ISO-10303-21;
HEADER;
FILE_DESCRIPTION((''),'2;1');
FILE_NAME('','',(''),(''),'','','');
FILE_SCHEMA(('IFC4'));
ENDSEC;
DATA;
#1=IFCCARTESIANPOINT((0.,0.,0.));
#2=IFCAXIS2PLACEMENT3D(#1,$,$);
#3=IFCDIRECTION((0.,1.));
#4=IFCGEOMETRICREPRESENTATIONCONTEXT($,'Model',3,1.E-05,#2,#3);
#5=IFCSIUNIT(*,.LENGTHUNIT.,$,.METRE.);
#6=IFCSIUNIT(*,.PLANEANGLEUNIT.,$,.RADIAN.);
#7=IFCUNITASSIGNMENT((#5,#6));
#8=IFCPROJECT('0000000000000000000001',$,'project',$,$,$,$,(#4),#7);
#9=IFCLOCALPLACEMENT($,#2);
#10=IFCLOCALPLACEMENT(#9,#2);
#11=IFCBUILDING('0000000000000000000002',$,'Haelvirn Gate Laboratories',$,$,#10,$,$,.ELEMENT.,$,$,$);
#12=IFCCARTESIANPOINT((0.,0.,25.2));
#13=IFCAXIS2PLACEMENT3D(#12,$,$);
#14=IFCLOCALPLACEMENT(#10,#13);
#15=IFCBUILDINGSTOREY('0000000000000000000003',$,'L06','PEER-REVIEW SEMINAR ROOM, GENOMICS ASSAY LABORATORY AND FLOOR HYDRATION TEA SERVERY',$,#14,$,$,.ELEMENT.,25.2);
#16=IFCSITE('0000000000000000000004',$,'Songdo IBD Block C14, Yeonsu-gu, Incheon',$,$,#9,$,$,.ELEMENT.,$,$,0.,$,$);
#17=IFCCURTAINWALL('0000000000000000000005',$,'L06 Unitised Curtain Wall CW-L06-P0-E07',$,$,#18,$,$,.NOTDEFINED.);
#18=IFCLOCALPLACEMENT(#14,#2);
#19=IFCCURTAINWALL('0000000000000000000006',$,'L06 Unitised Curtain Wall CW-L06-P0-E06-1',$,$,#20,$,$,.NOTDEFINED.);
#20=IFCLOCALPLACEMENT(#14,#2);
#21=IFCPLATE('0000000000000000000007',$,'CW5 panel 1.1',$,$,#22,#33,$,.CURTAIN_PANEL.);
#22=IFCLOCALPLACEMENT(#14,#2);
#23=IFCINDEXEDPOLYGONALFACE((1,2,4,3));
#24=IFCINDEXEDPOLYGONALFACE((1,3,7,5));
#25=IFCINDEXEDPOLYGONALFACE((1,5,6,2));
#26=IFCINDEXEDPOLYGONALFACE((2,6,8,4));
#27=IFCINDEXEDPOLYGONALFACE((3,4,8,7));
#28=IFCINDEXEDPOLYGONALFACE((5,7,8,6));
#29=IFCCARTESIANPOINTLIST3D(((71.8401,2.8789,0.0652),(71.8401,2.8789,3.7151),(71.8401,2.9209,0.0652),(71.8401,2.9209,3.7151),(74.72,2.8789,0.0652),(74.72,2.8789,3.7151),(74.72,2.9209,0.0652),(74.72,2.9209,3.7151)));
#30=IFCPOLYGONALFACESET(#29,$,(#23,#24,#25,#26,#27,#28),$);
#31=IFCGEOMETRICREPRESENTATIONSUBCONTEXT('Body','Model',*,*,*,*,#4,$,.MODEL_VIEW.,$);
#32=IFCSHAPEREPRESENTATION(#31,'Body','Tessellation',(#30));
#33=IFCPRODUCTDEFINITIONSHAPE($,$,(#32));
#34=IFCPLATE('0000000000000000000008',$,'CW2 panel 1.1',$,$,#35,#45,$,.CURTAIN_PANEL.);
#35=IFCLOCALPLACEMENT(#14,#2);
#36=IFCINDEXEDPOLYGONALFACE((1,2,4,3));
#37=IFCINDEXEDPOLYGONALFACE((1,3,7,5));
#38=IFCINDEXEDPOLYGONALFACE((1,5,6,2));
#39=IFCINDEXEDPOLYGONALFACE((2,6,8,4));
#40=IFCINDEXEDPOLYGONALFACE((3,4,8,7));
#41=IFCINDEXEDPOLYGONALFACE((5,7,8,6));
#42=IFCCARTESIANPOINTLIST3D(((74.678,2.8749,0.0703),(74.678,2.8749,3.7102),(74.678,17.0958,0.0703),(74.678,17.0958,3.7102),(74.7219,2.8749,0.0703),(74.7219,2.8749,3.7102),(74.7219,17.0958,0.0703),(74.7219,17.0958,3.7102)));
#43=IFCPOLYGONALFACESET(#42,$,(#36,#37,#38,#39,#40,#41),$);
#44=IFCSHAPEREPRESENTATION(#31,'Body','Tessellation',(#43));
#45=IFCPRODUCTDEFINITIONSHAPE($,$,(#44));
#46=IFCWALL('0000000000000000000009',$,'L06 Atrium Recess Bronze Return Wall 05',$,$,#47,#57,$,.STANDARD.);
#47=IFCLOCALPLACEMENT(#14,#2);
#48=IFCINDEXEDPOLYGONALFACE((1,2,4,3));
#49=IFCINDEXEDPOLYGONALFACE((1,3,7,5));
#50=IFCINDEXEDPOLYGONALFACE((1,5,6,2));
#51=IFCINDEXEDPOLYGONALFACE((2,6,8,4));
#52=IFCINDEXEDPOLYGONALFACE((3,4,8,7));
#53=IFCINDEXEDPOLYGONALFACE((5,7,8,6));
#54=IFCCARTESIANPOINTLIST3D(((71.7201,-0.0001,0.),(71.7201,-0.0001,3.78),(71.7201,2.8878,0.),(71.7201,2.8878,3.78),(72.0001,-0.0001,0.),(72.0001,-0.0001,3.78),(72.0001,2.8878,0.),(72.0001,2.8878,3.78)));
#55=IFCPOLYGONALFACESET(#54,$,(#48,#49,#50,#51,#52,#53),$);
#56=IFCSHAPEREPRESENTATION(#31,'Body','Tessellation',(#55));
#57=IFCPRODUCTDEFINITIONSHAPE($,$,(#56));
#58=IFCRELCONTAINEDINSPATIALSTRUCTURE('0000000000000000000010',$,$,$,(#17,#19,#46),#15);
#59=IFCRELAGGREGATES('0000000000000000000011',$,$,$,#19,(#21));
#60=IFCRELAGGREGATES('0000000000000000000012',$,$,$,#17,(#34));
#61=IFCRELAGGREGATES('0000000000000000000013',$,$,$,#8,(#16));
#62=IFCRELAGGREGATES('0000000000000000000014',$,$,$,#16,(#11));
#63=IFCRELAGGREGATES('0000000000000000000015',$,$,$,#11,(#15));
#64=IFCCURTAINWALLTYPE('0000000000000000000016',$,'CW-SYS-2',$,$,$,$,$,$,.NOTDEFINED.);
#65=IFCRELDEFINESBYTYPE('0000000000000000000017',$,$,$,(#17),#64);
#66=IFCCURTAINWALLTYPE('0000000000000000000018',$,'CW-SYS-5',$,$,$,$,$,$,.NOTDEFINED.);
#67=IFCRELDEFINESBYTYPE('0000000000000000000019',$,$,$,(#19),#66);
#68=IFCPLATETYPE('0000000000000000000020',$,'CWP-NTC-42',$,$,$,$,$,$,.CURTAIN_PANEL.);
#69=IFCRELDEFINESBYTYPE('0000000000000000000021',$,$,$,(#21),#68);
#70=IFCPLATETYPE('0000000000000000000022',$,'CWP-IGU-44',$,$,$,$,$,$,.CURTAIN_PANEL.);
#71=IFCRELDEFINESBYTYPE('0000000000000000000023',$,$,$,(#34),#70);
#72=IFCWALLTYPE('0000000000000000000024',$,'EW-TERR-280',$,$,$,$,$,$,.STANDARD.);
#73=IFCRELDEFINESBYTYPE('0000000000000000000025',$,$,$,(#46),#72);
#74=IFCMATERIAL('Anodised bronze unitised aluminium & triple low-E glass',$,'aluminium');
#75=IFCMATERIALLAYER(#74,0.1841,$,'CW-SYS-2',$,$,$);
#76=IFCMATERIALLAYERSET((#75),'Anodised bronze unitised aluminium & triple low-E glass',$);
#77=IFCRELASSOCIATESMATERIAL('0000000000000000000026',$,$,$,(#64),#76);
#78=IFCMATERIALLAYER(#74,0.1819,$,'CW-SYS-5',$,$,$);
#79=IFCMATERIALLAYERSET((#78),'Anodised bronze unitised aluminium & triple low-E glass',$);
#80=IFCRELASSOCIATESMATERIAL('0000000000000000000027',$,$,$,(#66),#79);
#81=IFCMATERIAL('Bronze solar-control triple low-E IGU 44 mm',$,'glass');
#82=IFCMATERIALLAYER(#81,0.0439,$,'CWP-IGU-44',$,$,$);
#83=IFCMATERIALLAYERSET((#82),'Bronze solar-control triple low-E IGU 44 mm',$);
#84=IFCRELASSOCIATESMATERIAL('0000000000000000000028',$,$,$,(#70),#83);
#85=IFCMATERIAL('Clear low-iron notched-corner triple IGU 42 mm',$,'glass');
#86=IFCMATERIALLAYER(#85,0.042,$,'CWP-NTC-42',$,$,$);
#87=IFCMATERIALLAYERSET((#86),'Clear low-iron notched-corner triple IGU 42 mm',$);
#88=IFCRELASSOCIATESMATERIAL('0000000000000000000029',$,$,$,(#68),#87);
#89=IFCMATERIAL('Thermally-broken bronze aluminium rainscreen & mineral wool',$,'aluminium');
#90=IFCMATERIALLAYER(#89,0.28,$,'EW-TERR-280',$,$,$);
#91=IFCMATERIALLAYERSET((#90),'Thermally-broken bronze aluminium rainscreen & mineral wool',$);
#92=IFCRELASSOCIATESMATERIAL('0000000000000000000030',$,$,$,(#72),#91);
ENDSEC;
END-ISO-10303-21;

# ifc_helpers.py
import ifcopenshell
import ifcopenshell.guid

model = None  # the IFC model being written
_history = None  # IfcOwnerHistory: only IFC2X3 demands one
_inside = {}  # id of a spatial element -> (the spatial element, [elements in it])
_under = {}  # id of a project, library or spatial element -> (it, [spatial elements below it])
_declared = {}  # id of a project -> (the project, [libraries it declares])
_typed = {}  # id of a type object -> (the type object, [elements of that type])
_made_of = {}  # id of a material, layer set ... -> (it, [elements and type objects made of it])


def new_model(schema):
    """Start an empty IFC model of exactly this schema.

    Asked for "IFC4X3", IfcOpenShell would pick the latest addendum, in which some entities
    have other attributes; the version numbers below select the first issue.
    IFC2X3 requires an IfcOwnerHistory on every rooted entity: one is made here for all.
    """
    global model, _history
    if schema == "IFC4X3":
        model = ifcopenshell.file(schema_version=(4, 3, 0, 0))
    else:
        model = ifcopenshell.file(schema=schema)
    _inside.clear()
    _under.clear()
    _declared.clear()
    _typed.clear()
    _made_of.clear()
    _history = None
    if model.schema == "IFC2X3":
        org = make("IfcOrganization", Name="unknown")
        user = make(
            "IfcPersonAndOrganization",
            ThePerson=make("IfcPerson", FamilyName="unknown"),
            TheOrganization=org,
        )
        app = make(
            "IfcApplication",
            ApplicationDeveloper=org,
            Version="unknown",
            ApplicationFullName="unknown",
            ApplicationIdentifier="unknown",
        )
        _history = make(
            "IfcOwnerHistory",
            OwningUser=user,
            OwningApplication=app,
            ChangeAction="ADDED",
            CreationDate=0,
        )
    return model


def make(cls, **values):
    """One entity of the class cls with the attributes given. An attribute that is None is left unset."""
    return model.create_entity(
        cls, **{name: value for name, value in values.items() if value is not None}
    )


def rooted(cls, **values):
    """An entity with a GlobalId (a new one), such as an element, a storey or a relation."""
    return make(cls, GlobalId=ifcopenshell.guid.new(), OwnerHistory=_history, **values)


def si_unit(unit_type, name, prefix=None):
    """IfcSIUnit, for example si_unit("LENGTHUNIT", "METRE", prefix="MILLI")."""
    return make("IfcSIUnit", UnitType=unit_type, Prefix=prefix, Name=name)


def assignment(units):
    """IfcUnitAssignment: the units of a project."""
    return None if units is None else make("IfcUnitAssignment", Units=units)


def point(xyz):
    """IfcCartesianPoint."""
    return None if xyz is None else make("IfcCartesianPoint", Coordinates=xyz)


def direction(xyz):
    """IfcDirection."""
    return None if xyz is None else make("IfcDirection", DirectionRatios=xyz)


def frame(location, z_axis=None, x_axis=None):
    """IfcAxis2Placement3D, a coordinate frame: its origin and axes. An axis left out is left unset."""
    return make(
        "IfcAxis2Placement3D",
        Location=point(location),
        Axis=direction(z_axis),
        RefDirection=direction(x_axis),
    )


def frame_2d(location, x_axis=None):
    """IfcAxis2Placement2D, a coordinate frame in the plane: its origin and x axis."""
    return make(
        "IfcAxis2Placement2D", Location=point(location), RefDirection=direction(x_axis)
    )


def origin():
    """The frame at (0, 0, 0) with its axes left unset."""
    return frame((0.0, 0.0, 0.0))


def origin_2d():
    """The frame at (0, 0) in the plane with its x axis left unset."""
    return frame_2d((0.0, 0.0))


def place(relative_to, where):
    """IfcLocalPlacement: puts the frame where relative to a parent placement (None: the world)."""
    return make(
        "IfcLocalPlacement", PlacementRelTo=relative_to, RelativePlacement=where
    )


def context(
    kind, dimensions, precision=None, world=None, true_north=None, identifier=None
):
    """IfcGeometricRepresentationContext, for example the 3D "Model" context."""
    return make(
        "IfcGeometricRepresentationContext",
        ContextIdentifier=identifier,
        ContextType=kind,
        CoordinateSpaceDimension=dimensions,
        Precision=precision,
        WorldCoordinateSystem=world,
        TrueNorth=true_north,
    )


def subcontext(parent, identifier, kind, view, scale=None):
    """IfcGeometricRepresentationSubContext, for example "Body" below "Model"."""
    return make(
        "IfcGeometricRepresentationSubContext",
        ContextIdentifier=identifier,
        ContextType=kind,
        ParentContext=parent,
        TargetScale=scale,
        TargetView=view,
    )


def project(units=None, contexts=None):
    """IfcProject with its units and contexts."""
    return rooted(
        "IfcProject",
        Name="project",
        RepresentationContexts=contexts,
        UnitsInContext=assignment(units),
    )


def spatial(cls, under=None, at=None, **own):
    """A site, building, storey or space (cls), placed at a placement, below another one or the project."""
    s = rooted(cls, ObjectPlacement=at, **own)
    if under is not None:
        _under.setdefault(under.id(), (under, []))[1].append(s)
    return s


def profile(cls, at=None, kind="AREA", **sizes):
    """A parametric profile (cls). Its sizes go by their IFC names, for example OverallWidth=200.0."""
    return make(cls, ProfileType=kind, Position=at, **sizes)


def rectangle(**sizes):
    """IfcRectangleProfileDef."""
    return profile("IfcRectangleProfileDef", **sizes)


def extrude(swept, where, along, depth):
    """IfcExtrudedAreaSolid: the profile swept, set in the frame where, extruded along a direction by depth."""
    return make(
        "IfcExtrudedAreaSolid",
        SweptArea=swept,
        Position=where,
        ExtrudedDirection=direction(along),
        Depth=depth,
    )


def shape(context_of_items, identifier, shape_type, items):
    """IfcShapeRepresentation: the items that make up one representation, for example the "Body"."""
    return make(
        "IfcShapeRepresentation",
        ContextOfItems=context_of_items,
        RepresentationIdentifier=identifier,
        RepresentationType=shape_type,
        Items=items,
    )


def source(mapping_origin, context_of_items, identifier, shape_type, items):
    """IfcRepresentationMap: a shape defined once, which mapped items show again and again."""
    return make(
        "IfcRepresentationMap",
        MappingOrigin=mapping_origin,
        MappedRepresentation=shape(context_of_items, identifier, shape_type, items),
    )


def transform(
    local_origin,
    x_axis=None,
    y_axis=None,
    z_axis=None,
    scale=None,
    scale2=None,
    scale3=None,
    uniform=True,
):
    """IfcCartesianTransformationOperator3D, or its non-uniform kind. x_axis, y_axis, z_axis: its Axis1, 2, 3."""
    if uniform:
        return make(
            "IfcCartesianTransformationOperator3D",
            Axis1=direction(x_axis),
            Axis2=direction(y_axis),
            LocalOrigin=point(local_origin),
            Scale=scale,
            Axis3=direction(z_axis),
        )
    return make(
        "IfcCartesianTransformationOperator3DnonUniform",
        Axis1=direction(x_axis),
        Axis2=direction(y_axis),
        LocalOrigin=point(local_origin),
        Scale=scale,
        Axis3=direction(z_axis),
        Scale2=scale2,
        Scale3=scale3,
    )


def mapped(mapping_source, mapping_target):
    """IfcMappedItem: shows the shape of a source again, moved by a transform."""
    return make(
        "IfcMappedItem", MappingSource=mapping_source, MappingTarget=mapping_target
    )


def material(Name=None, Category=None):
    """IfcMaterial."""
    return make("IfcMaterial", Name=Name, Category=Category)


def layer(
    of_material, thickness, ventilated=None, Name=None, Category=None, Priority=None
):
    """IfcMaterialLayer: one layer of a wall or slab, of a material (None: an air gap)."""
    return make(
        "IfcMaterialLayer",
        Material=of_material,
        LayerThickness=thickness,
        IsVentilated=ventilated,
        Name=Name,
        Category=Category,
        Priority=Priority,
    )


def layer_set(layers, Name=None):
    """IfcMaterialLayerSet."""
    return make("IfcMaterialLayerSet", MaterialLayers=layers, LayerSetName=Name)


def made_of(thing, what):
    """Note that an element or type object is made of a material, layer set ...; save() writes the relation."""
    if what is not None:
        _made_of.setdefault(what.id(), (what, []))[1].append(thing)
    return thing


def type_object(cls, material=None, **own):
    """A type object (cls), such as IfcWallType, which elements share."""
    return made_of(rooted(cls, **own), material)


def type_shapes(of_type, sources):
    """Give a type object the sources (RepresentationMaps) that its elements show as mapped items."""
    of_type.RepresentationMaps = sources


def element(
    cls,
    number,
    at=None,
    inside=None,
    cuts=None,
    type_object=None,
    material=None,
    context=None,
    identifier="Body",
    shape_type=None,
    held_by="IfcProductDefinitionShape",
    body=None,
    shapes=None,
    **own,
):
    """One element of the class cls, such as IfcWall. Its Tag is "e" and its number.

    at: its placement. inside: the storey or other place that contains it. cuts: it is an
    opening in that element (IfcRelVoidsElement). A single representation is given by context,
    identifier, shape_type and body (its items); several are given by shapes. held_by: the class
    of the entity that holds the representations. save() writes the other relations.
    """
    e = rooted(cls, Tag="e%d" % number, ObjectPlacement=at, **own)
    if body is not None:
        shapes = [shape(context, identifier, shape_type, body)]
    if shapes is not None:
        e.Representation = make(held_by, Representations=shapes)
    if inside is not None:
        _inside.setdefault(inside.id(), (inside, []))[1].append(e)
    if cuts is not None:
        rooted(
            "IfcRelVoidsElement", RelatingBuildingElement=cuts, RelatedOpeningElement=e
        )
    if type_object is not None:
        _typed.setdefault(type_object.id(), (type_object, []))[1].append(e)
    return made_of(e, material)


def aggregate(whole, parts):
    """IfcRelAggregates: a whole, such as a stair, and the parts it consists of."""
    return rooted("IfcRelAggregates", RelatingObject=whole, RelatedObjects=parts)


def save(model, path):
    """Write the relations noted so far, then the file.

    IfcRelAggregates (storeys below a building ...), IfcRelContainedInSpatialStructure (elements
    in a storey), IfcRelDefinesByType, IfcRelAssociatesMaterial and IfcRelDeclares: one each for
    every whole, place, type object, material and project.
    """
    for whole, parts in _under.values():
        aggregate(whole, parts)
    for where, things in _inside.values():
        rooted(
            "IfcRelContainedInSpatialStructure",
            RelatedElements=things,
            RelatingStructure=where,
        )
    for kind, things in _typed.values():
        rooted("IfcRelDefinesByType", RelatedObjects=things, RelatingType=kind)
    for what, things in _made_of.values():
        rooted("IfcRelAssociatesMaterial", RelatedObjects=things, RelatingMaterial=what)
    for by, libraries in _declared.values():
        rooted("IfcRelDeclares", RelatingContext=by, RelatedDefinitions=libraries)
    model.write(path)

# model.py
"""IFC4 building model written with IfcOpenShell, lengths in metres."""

from ifc_helpers import new_model, si_unit, direction, frame, frame_2d, origin, origin_2d, place, context, subcontext, project, spatial, rectangle, extrude, source, transform, mapped, material, layer, layer_set, type_object, type_shapes, element, aggregate, save


model = new_model("IFC4")

# Units and contexts
model_context = context("Model", 3, precision=1e-05, world=origin(), true_north=direction((0.0, 1.0)))
body_context = subcontext(model_context, "Body", "Model", "MODEL_VIEW")
ifc_project = project(units=[si_unit("LENGTHUNIT", "METRE"), si_unit("PLANEANGLEUNIT", "RADIAN")], contexts=[model_context])

# Site, building, storey
site_placement = place(None, origin())
site = spatial("IfcSite", under=ifc_project, at=site_placement, Name="Songdo IBD Block C14, Yeonsu-gu, Incheon", CompositionType="ELEMENT", RefElevation=0.0)
building_placement = place(site_placement, origin())
building = spatial("IfcBuilding", under=site, at=building_placement, Name="Haelvirn Gate Laboratories", CompositionType="ELEMENT")
storey_placement = place(building_placement, frame((0.0, 0.0, 25.2)))
storey = spatial("IfcBuildingStorey", under=building, at=storey_placement, Name="L06", Description="PEER-REVIEW SEMINAR ROOM, GENOMICS ASSAY LABORATORY AND FLOOR HYDRATION TEA SERVERY", CompositionType="ELEMENT", Elevation=25.2)

# Shared definitions
ifc_material_1 = material(Name="Anodised bronze unitised aluminium & triple low-E glass", Category="aluminium")
ifc_layer_1 = layer(ifc_material_1, 0.1841, Name="CW-SYS-2")
ifc_layer_set_1 = layer_set([ifc_layer_1], Name="Anodised bronze unitised aluminium & triple low-E glass")
curtain_wall_type_1 = type_object("IfcCurtainWallType", Name="CW-SYS-2", PredefinedType="NOTDEFINED", material=ifc_layer_set_1)

# Curtain wall
curtain_wall_1_placement = place(storey_placement, origin())
curtain_wall_1 = element("IfcCurtainWall", 1, at=curtain_wall_1_placement, inside=storey, type_object=curtain_wall_type_1, Name="L06 Unitised Curtain Wall CW-L06-P0-E07", PredefinedType="NOTDEFINED")

# Curtain wall
ifc_layer_2 = layer(ifc_material_1, 0.1819, Name="CW-SYS-5")
ifc_layer_set_2 = layer_set([ifc_layer_2], Name="Anodised bronze unitised aluminium & triple low-E glass")
curtain_wall_type_2 = type_object("IfcCurtainWallType", Name="CW-SYS-5", PredefinedType="NOTDEFINED", material=ifc_layer_set_2)
curtain_wall_2_placement = place(storey_placement, origin())
curtain_wall_2 = element("IfcCurtainWall", 2, at=curtain_wall_2_placement, inside=storey, type_object=curtain_wall_type_2, Name="L06 Unitised Curtain Wall CW-L06-P0-E06-1", PredefinedType="NOTDEFINED")

# Plates
ifc_material_2 = material(Name="Bronze solar-control triple low-E IGU 44 mm", Category="glass")
ifc_layer_3 = layer(ifc_material_2, 0.0439, Name="CWP-IGU-44")
ifc_layer_set_3 = layer_set([ifc_layer_3], Name="Bronze solar-control triple low-E IGU 44 mm")
plate_type_1 = type_object("IfcPlateType", Name="CWP-IGU-44", PredefinedType="CURTAIN_PANEL", material=ifc_layer_set_3)
ifc_material_3 = material(Name="Clear low-iron notched-corner triple IGU 42 mm", Category="glass")
ifc_layer_4 = layer(ifc_material_3, 0.042, Name="CWP-NTC-42")
ifc_layer_set_4 = layer_set([ifc_layer_4], Name="Clear low-iron notched-corner triple IGU 42 mm")
plate_type_2 = type_object("IfcPlateType", Name="CWP-NTC-42", PredefinedType="CURTAIN_PANEL", material=ifc_layer_set_4)
shared_shape_1 = source(origin(), body_context, "Body", "SweptSolid", [
    extrude(rectangle(XDim=2.8799, YDim=0.042, at=origin_2d()), origin(), (0.0, 0.0, 1.0), 3.6499),
])
type_shapes(plate_type_2, [shared_shape_1])
plate_1_placement = place(storey_placement, frame((73.28, 2.8999, 0.0652), z_axis=(0.0, 0.0, 1.0), x_axis=(1.0, 0.0, 0.0)))
plate_1 = element("IfcPlate", 3, at=plate_1_placement, type_object=plate_type_2, Name="CW5 panel 1.1", PredefinedType="CURTAIN_PANEL", context=body_context, shape_type="MappedRepresentation", body=[
    mapped(shared_shape_1, transform((0.0, 0.0, 0.0), scale=1.0)),
])
aggregate(curtain_wall_2, [plate_1])
shared_shape_2 = source(origin(), body_context, "Body", "SweptSolid", [
    extrude(rectangle(XDim=14.2209, YDim=0.0439, at=origin_2d()), origin(), (0.0, 0.0, 1.0), 3.6399),
])
plate_2_placement = place(storey_placement, frame((74.7, 9.9854, 0.0703), z_axis=(0.0, 0.0, 1.0), x_axis=(0.0, 1.0, 0.0)))
plate_2 = element("IfcPlate", 4, at=plate_2_placement, type_object=plate_type_1, Name="CW2 panel 1.1", PredefinedType="CURTAIN_PANEL", context=body_context, shape_type="MappedRepresentation", body=[
    mapped(shared_shape_2, transform((0.0, 0.0, 0.0), scale=1.0)),
])
aggregate(curtain_wall_1, [plate_2])

# Wall
ifc_material_4 = material(Name="Thermally-broken bronze aluminium rainscreen & mineral wool", Category="aluminium")
ifc_layer_5 = layer(ifc_material_4, 0.28, Name="EW-TERR-280")
ifc_layer_set_5 = layer_set([ifc_layer_5], Name="Thermally-broken bronze aluminium rainscreen & mineral wool")
wall_type = type_object("IfcWallType", Name="EW-TERR-280", PredefinedType="STANDARD", material=ifc_layer_set_5)
wall_placement = place(storey_placement, frame((71.8601, 0.0, 0.0), z_axis=(0.0, 0.0, 1.0), x_axis=(0.0, 1.0, 0.0)))
element("IfcWall", 5, at=wall_placement, inside=storey, type_object=wall_type, Name="L06 Atrium Recess Bronze Return Wall 05", PredefinedType="STANDARD", context=body_context, shape_type="SweptSolid", body=[
    extrude(rectangle(XDim=2.8879, YDim=0.28, at=frame_2d((1.4438, 0.0))), origin(), (0.0, 0.0, 1.0), 3.78),
])

save(model, "model.ifc")
